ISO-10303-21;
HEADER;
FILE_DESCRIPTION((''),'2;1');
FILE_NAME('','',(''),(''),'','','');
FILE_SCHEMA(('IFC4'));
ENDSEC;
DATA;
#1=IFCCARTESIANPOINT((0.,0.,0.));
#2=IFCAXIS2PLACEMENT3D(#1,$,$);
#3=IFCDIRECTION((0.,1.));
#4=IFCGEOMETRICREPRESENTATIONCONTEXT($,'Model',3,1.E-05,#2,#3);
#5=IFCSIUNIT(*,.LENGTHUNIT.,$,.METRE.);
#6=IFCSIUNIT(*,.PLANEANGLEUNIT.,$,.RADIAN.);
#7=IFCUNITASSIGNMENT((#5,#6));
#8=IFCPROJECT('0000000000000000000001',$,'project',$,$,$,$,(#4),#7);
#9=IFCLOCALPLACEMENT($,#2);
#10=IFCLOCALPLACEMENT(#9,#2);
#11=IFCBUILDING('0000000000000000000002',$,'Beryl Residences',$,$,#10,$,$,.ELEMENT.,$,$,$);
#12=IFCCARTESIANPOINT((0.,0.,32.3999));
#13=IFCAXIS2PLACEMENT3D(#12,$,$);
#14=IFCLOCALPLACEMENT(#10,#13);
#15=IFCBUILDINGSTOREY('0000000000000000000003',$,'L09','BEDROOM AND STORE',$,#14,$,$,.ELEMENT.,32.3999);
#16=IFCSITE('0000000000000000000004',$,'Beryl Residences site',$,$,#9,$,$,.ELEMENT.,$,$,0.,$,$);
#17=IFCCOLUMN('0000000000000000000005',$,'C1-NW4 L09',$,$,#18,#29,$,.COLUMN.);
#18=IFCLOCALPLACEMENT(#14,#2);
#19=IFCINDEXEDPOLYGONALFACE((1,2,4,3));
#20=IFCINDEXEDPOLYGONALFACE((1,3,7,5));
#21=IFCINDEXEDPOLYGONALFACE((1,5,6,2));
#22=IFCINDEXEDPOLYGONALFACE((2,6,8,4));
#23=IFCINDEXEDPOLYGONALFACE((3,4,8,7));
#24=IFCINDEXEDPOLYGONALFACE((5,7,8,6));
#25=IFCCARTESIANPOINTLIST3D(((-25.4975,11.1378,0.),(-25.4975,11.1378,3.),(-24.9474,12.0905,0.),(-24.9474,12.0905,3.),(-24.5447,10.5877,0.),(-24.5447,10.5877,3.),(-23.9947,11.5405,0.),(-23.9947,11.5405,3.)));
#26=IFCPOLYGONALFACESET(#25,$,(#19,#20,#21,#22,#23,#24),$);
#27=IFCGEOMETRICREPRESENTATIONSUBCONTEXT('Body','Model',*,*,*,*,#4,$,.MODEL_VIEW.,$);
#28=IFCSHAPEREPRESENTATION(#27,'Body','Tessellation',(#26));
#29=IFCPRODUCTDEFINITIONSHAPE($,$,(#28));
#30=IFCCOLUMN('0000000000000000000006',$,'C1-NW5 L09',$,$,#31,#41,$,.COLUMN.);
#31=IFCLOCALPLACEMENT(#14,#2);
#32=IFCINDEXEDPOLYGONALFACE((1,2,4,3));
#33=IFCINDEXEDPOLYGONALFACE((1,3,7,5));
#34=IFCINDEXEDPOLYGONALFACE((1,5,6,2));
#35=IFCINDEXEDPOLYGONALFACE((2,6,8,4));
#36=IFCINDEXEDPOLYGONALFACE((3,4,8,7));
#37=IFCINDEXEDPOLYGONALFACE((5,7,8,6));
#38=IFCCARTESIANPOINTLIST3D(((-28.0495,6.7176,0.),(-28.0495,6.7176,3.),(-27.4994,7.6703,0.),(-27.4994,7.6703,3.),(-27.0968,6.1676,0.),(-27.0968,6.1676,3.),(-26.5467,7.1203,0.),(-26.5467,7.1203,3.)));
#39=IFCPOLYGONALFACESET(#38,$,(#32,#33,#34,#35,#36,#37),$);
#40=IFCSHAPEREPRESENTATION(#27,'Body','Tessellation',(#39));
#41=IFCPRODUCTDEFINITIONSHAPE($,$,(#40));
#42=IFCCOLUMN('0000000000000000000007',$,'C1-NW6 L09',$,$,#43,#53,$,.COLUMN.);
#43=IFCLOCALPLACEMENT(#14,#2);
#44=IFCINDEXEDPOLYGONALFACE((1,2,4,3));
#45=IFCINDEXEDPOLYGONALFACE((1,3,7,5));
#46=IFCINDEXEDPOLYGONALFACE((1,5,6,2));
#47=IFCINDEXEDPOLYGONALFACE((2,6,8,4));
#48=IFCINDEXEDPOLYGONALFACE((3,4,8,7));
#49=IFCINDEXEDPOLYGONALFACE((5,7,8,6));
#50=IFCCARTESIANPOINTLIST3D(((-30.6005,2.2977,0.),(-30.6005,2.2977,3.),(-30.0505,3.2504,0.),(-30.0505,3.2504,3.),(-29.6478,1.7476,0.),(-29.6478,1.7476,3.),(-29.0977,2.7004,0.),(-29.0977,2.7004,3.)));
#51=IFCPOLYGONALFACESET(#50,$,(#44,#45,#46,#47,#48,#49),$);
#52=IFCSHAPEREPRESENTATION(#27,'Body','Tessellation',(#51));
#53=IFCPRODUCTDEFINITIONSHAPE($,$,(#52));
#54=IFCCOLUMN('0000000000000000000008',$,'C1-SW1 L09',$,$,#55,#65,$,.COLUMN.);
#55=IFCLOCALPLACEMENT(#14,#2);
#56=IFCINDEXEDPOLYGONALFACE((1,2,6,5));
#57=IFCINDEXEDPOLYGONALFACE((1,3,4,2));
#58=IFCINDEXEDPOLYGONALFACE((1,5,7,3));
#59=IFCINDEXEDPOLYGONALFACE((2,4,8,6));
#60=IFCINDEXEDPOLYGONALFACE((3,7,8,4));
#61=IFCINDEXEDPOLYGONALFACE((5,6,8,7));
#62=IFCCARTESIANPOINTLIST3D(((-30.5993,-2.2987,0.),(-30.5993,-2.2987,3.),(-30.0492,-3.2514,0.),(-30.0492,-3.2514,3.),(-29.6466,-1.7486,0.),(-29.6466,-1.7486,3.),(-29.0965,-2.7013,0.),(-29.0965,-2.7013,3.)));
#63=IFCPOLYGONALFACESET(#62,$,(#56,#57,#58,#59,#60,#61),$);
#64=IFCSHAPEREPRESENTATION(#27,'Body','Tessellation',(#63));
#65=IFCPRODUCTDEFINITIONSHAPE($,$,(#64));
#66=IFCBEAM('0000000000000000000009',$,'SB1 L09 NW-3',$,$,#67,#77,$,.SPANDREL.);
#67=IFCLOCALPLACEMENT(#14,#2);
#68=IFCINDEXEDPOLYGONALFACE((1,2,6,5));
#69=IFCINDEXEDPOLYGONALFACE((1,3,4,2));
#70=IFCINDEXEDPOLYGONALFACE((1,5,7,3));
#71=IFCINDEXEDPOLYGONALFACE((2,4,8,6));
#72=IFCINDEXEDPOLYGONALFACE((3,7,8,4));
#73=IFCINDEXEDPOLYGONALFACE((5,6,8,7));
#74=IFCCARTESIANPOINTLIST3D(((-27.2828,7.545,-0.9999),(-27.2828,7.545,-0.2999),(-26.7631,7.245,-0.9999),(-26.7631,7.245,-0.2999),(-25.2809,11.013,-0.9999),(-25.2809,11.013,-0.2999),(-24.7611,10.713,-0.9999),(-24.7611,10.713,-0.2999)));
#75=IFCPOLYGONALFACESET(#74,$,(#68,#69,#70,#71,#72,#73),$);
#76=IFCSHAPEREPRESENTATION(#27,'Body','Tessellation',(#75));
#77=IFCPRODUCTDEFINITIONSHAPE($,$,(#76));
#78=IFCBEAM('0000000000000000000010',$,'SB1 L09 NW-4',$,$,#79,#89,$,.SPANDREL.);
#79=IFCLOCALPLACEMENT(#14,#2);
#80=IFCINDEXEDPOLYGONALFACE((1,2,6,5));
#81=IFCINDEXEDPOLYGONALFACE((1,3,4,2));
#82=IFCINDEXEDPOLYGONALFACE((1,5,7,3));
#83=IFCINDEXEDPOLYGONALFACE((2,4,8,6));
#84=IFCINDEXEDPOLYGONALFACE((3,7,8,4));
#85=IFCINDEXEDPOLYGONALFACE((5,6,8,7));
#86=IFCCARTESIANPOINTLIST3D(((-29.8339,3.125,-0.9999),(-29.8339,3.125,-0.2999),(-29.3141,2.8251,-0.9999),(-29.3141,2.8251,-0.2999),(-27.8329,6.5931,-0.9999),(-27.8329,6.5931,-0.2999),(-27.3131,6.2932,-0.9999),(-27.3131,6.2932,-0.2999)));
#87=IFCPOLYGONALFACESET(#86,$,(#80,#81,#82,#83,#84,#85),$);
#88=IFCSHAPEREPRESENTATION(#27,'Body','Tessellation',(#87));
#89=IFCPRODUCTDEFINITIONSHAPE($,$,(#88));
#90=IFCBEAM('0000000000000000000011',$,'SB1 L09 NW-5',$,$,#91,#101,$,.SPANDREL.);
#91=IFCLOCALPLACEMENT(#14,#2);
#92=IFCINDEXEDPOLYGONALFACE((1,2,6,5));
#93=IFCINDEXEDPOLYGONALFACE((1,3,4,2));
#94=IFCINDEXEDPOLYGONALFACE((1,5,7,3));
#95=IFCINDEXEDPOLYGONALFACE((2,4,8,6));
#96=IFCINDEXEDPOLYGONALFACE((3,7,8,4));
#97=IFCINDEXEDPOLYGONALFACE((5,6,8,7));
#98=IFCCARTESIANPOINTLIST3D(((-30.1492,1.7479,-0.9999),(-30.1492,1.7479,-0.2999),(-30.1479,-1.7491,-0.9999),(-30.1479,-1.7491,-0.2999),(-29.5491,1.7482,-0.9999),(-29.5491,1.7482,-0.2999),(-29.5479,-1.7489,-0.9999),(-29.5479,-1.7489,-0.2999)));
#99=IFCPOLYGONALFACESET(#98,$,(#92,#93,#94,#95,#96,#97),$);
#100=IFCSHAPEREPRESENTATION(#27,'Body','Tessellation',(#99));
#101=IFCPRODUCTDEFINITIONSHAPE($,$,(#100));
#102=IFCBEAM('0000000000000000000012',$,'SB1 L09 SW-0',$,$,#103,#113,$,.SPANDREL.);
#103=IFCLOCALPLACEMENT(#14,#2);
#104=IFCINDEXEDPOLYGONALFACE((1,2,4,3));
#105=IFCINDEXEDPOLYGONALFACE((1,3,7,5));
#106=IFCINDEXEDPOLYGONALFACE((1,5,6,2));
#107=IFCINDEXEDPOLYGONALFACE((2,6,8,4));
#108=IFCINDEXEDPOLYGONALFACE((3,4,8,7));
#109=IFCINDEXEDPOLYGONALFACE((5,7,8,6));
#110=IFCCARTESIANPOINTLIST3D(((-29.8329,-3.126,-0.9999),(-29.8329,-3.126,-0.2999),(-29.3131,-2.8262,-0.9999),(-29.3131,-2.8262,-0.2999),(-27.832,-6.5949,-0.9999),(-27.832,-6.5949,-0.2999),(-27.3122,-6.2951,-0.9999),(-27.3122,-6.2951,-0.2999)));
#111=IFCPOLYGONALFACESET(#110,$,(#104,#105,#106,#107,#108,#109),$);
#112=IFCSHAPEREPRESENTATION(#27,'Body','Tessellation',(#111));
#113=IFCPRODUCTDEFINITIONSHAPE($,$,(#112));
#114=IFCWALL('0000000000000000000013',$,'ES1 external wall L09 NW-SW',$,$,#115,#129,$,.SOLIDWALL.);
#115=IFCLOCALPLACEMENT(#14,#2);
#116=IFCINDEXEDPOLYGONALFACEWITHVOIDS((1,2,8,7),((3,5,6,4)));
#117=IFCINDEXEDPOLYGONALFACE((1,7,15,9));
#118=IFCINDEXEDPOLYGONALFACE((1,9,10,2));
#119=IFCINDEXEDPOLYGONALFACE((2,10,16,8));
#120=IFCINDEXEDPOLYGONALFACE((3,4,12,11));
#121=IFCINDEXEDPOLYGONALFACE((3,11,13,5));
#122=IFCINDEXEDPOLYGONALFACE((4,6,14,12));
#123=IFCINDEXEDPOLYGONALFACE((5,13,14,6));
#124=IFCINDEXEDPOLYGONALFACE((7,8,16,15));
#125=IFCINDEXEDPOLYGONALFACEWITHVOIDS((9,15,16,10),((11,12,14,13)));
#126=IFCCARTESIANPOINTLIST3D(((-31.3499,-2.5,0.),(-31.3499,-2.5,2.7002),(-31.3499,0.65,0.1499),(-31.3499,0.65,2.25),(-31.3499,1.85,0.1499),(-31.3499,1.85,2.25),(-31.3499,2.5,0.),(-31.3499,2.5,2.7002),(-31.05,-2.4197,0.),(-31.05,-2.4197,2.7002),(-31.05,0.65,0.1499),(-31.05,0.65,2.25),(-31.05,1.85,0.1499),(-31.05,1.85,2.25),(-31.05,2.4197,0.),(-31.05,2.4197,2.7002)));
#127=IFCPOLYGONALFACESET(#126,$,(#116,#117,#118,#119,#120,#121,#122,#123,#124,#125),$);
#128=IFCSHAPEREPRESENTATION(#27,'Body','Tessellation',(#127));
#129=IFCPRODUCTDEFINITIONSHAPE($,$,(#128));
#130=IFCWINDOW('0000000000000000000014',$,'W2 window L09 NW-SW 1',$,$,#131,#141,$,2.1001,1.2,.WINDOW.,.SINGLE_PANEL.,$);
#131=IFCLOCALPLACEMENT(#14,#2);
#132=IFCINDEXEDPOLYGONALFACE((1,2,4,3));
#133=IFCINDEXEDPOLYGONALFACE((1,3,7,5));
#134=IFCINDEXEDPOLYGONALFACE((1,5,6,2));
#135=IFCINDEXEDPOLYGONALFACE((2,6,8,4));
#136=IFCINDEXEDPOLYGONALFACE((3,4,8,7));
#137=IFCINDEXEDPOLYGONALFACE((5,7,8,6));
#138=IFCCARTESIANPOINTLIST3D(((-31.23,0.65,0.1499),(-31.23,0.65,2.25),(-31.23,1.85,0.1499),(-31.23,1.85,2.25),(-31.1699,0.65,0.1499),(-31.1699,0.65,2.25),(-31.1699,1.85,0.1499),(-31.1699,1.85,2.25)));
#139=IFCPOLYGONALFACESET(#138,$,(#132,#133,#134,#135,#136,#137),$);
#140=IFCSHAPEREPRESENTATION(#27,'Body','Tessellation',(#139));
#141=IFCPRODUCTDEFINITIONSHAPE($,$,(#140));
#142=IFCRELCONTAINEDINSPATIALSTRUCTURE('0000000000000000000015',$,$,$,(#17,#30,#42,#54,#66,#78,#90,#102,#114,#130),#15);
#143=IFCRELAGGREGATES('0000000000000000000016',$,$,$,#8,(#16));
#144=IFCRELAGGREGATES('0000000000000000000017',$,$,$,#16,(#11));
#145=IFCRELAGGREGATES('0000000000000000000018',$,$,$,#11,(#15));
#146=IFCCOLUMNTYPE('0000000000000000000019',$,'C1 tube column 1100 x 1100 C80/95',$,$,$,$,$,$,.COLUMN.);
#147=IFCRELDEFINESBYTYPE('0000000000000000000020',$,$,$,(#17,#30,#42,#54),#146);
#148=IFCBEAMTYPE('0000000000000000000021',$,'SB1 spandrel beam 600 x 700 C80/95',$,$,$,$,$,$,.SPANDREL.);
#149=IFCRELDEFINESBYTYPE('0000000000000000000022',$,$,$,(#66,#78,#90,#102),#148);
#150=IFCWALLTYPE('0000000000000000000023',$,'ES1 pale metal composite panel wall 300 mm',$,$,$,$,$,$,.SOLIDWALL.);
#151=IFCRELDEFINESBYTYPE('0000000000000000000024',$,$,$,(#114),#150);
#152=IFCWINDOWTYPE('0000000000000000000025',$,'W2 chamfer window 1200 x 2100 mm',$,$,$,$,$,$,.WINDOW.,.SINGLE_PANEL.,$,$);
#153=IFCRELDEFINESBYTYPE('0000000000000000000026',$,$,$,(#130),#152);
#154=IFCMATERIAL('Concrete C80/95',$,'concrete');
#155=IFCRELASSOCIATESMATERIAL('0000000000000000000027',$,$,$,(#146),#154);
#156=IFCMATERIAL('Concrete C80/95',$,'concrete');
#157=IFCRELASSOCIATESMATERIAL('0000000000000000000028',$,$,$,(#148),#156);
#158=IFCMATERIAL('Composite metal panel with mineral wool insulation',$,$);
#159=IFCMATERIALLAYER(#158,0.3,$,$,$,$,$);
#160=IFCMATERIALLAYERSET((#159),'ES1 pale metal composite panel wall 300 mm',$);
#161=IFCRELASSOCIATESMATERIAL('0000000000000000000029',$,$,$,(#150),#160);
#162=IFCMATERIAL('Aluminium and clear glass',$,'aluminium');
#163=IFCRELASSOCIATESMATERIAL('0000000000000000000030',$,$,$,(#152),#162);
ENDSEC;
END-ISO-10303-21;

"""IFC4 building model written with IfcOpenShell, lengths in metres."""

from ifc_helpers import new_model, si_unit, direction, frame, frame_2d, origin, origin_2d, place, context, subcontext, project, spatial, polyline, rectangle, outline, extrude, material, layer, layer_set, material_profile, profile_set, type_object, element, fill, save


model = new_model("IFC4")

# Units and contexts
model_context = context("Model", 3, precision=1e-05, world=origin(), true_north=direction((0.0, 1.0)))
body_context = subcontext(model_context, "Body", "Model", "MODEL_VIEW")
ifc_project = project(units=[si_unit("LENGTHUNIT", "METRE"), si_unit("PLANEANGLEUNIT", "RADIAN")], contexts=[model_context])

# Site, building, storey
site_placement = place(None, origin())
site = spatial("IfcSite", under=ifc_project, at=site_placement, Name="Beryl Residences site", CompositionType="ELEMENT", RefElevation=0.0)
building_placement = place(site_placement, origin())
building = spatial("IfcBuilding", under=site, at=building_placement, Name="Beryl Residences", CompositionType="ELEMENT")
storey_placement = place(building_placement, frame((0.0, 0.0, 32.3999)))
storey = spatial("IfcBuildingStorey", under=building, at=storey_placement, Name="L09", Description="BEDROOM AND STORE", CompositionType="ELEMENT", Elevation=32.3999)

# Columns
ifc_material_1 = material(Name="Concrete C80/95", Category="concrete")
ifc_material_profile_1 = material_profile(ifc_material_1, rectangle(XDim=1.1001, YDim=1.1001, at=origin_2d()))
ifc_profile_set_1 = profile_set([ifc_material_profile_1], Name="Concrete C80/95")
column_type = type_object("IfcColumnType", Name="C1 tube column 1100 x 1100 C80/95", PredefinedType="COLUMN", material=ifc_profile_set_1)
for number, where, z_axis, x_axis, name in (
    (1, (-24.7461, 11.3391, 0.0), (0.0, 0.0, 1.0), (-0.499985, -0.866034, 0.0), "C1-NW4 L09"),
    (2, (-27.2981, 6.9189, 0.0), (0.0, 0.0, 1.0), (-0.499985, -0.866034, 0.0), "C1-NW5 L09"),
    (3, (-29.8491, 2.499, 0.0), (0.0, 0.0, 1.0), (-0.499985, -0.866034, 0.0), "C1-NW6 L09"),
    (4, (-29.8479, -2.5, 0.0), (0.0, 0.0, 1.0), (0.499985, -0.866034, 0.0), "C1-SW1 L09"),
):
    element("IfcColumn", number, at=place(storey_placement, frame(where, z_axis=z_axis, x_axis=x_axis)), inside=storey, type_object=column_type, Name=name, PredefinedType="COLUMN", context=body_context, shape_type="SweptSolid", body=[
        extrude(rectangle(XDim=1.1001, YDim=1.1001, at=origin_2d()), origin(), (0.0, 0.0, 1.0), 3.0),
    ])

# Beams
ifc_material_2 = material(Name="Concrete C80/95", Category="concrete")
ifc_material_profile_2 = material_profile(ifc_material_2, rectangle(XDim=0.6001, YDim=0.7, at=origin_2d()))
ifc_profile_set_2 = profile_set([ifc_material_profile_2], Name="Concrete C80/95")
beam_type = type_object("IfcBeamType", Name="SB1 spandrel beam 600 x 700 C80/95", PredefinedType="SPANDREL", material=ifc_profile_set_2)
beam_1_placement = place(storey_placement, frame((-25.021, 10.863, -0.6499), z_axis=(-0.499942, -0.866059, 0.0), x_axis=(0.866059, -0.499942, 0.0)))
element("IfcBeam", 5, at=beam_1_placement, inside=storey, type_object=beam_type, Name="SB1 L09 NW-3", PredefinedType="SPANDREL", context=body_context, shape_type="SweptSolid", body=[
    extrude(rectangle(XDim=0.6001, YDim=0.7, at=origin_2d()), origin(), (0.0, 0.0, 1.0), 4.0044),
])
beam_2_placement = place(storey_placement, frame((-27.573, 6.4431, -0.6499), z_axis=(-0.499759, -0.866164, 0.0), x_axis=(0.866164, -0.499759, 0.0)))
element("IfcBeam", 6, at=beam_2_placement, inside=storey, type_object=beam_type, Name="SB1 L09 NW-4", PredefinedType="SPANDREL", context=body_context, shape_type="SweptSolid", body=[
    extrude(rectangle(XDim=0.6001, YDim=0.7, at=origin_2d()), origin(), (0.0, 0.0, 1.0), 4.0039),
])
beam_3_placement = place(storey_placement, frame((-29.8491, 1.748, -0.6499), z_axis=(0.000349, -1.0, 0.0), x_axis=(1.0, 0.000349, 0.0)))
element("IfcBeam", 7, at=beam_3_placement, inside=storey, type_object=beam_type, Name="SB1 L09 NW-5", PredefinedType="SPANDREL", context=body_context, shape_type="SweptSolid", body=[
    extrude(rectangle(XDim=0.6001, YDim=0.7, at=origin_2d()), origin(), (0.0, 0.0, 1.0), 3.4971),
])
beam_4_placement = place(storey_placement, frame((-29.573, -2.9761, -0.6499), z_axis=(0.499654, -0.866225, 0.0), x_axis=(0.866225, 0.499654, 0.0)))
element("IfcBeam", 8, at=beam_4_placement, inside=storey, type_object=beam_type, Name="SB1 L09 SW-0", PredefinedType="SPANDREL", context=body_context, shape_type="SweptSolid", body=[
    extrude(rectangle(XDim=0.6001, YDim=0.7, at=origin_2d()), origin(), (0.0, 0.0, 1.0), 4.0046),
])

# Wall, opening, window
ifc_material_3 = material(Name="Composite metal panel with mineral wool insulation")
ifc_layer_1 = layer(ifc_material_3, 0.3)
ifc_layer_set_1 = layer_set([ifc_layer_1], Name="ES1 pale metal composite panel wall 300 mm")
wall_type_1 = type_object("IfcWallType", Name="ES1 pale metal composite panel wall 300 mm", PredefinedType="SOLIDWALL", material=ifc_layer_set_1)
wall_1_placement = place(storey_placement, frame((-31.2, 2.5, 0.0), z_axis=(0.0, 0.0, 1.0), x_axis=(0.0, -1.0, 0.0)))
wall_1 = element("IfcWall", 9, at=wall_1_placement, inside=storey, type_object=wall_type_1, Name="ES1 external wall L09 NW-SW", PredefinedType="SOLIDWALL", context=body_context, shape_type="SweptSolid", body=[
    extrude(outline(polyline([(0.0, -0.1499), (5.0, -0.1499), (4.9197, 0.1499), (0.0803, 0.1499), (0.0, -0.1499)])), origin(), (0.0, 0.0, 1.0), 2.7002),
])
opening_1_placement = place(wall_1_placement, frame((0.6499, 0.0, 0.1499)))
opening_1 = element("IfcOpeningElement", 10, at=opening_1_placement, cuts=wall_1, PredefinedType="OPENING", context=body_context, shape_type="SweptSolid", body=[
    extrude(rectangle(XDim=1.2, YDim=2.1001, at=frame_2d((0.6001, 1.05))), frame((0.0, 0.1599, 0.0), z_axis=(0.0, -1.0, 0.0), x_axis=(1.0, 0.0, 0.0)), (0.0, 0.0, 1.0), 0.3201),
])
ifc_material_4 = material(Name="Aluminium and clear glass", Category="aluminium")
window_type_1 = type_object("IfcWindowType", Name="W2 chamfer window 1200 x 2100 mm", PartitioningType="SINGLE_PANEL", PredefinedType="WINDOW", material=ifc_material_4)
window_1_placement = place(opening_1_placement, origin())
window_1 = element("IfcWindow", 11, at=window_1_placement, inside=storey, type_object=window_type_1, Name="W2 window L09 NW-SW 1", OverallHeight=2.1001, OverallWidth=1.2, PartitioningType="SINGLE_PANEL", PredefinedType="WINDOW", context=body_context, shape_type="SweptSolid", body=[
    extrude(rectangle(XDim=1.2, YDim=2.1001, at=frame_2d((0.6001, 1.05))), frame((0.0, 0.03, 0.0), z_axis=(0.0, -1.0, 0.0), x_axis=(1.0, 0.0, 0.0)), (0.0, 0.0, 1.0), 0.0601),
])
fill(opening_1, window_1)

save(model, "model.ifc")
